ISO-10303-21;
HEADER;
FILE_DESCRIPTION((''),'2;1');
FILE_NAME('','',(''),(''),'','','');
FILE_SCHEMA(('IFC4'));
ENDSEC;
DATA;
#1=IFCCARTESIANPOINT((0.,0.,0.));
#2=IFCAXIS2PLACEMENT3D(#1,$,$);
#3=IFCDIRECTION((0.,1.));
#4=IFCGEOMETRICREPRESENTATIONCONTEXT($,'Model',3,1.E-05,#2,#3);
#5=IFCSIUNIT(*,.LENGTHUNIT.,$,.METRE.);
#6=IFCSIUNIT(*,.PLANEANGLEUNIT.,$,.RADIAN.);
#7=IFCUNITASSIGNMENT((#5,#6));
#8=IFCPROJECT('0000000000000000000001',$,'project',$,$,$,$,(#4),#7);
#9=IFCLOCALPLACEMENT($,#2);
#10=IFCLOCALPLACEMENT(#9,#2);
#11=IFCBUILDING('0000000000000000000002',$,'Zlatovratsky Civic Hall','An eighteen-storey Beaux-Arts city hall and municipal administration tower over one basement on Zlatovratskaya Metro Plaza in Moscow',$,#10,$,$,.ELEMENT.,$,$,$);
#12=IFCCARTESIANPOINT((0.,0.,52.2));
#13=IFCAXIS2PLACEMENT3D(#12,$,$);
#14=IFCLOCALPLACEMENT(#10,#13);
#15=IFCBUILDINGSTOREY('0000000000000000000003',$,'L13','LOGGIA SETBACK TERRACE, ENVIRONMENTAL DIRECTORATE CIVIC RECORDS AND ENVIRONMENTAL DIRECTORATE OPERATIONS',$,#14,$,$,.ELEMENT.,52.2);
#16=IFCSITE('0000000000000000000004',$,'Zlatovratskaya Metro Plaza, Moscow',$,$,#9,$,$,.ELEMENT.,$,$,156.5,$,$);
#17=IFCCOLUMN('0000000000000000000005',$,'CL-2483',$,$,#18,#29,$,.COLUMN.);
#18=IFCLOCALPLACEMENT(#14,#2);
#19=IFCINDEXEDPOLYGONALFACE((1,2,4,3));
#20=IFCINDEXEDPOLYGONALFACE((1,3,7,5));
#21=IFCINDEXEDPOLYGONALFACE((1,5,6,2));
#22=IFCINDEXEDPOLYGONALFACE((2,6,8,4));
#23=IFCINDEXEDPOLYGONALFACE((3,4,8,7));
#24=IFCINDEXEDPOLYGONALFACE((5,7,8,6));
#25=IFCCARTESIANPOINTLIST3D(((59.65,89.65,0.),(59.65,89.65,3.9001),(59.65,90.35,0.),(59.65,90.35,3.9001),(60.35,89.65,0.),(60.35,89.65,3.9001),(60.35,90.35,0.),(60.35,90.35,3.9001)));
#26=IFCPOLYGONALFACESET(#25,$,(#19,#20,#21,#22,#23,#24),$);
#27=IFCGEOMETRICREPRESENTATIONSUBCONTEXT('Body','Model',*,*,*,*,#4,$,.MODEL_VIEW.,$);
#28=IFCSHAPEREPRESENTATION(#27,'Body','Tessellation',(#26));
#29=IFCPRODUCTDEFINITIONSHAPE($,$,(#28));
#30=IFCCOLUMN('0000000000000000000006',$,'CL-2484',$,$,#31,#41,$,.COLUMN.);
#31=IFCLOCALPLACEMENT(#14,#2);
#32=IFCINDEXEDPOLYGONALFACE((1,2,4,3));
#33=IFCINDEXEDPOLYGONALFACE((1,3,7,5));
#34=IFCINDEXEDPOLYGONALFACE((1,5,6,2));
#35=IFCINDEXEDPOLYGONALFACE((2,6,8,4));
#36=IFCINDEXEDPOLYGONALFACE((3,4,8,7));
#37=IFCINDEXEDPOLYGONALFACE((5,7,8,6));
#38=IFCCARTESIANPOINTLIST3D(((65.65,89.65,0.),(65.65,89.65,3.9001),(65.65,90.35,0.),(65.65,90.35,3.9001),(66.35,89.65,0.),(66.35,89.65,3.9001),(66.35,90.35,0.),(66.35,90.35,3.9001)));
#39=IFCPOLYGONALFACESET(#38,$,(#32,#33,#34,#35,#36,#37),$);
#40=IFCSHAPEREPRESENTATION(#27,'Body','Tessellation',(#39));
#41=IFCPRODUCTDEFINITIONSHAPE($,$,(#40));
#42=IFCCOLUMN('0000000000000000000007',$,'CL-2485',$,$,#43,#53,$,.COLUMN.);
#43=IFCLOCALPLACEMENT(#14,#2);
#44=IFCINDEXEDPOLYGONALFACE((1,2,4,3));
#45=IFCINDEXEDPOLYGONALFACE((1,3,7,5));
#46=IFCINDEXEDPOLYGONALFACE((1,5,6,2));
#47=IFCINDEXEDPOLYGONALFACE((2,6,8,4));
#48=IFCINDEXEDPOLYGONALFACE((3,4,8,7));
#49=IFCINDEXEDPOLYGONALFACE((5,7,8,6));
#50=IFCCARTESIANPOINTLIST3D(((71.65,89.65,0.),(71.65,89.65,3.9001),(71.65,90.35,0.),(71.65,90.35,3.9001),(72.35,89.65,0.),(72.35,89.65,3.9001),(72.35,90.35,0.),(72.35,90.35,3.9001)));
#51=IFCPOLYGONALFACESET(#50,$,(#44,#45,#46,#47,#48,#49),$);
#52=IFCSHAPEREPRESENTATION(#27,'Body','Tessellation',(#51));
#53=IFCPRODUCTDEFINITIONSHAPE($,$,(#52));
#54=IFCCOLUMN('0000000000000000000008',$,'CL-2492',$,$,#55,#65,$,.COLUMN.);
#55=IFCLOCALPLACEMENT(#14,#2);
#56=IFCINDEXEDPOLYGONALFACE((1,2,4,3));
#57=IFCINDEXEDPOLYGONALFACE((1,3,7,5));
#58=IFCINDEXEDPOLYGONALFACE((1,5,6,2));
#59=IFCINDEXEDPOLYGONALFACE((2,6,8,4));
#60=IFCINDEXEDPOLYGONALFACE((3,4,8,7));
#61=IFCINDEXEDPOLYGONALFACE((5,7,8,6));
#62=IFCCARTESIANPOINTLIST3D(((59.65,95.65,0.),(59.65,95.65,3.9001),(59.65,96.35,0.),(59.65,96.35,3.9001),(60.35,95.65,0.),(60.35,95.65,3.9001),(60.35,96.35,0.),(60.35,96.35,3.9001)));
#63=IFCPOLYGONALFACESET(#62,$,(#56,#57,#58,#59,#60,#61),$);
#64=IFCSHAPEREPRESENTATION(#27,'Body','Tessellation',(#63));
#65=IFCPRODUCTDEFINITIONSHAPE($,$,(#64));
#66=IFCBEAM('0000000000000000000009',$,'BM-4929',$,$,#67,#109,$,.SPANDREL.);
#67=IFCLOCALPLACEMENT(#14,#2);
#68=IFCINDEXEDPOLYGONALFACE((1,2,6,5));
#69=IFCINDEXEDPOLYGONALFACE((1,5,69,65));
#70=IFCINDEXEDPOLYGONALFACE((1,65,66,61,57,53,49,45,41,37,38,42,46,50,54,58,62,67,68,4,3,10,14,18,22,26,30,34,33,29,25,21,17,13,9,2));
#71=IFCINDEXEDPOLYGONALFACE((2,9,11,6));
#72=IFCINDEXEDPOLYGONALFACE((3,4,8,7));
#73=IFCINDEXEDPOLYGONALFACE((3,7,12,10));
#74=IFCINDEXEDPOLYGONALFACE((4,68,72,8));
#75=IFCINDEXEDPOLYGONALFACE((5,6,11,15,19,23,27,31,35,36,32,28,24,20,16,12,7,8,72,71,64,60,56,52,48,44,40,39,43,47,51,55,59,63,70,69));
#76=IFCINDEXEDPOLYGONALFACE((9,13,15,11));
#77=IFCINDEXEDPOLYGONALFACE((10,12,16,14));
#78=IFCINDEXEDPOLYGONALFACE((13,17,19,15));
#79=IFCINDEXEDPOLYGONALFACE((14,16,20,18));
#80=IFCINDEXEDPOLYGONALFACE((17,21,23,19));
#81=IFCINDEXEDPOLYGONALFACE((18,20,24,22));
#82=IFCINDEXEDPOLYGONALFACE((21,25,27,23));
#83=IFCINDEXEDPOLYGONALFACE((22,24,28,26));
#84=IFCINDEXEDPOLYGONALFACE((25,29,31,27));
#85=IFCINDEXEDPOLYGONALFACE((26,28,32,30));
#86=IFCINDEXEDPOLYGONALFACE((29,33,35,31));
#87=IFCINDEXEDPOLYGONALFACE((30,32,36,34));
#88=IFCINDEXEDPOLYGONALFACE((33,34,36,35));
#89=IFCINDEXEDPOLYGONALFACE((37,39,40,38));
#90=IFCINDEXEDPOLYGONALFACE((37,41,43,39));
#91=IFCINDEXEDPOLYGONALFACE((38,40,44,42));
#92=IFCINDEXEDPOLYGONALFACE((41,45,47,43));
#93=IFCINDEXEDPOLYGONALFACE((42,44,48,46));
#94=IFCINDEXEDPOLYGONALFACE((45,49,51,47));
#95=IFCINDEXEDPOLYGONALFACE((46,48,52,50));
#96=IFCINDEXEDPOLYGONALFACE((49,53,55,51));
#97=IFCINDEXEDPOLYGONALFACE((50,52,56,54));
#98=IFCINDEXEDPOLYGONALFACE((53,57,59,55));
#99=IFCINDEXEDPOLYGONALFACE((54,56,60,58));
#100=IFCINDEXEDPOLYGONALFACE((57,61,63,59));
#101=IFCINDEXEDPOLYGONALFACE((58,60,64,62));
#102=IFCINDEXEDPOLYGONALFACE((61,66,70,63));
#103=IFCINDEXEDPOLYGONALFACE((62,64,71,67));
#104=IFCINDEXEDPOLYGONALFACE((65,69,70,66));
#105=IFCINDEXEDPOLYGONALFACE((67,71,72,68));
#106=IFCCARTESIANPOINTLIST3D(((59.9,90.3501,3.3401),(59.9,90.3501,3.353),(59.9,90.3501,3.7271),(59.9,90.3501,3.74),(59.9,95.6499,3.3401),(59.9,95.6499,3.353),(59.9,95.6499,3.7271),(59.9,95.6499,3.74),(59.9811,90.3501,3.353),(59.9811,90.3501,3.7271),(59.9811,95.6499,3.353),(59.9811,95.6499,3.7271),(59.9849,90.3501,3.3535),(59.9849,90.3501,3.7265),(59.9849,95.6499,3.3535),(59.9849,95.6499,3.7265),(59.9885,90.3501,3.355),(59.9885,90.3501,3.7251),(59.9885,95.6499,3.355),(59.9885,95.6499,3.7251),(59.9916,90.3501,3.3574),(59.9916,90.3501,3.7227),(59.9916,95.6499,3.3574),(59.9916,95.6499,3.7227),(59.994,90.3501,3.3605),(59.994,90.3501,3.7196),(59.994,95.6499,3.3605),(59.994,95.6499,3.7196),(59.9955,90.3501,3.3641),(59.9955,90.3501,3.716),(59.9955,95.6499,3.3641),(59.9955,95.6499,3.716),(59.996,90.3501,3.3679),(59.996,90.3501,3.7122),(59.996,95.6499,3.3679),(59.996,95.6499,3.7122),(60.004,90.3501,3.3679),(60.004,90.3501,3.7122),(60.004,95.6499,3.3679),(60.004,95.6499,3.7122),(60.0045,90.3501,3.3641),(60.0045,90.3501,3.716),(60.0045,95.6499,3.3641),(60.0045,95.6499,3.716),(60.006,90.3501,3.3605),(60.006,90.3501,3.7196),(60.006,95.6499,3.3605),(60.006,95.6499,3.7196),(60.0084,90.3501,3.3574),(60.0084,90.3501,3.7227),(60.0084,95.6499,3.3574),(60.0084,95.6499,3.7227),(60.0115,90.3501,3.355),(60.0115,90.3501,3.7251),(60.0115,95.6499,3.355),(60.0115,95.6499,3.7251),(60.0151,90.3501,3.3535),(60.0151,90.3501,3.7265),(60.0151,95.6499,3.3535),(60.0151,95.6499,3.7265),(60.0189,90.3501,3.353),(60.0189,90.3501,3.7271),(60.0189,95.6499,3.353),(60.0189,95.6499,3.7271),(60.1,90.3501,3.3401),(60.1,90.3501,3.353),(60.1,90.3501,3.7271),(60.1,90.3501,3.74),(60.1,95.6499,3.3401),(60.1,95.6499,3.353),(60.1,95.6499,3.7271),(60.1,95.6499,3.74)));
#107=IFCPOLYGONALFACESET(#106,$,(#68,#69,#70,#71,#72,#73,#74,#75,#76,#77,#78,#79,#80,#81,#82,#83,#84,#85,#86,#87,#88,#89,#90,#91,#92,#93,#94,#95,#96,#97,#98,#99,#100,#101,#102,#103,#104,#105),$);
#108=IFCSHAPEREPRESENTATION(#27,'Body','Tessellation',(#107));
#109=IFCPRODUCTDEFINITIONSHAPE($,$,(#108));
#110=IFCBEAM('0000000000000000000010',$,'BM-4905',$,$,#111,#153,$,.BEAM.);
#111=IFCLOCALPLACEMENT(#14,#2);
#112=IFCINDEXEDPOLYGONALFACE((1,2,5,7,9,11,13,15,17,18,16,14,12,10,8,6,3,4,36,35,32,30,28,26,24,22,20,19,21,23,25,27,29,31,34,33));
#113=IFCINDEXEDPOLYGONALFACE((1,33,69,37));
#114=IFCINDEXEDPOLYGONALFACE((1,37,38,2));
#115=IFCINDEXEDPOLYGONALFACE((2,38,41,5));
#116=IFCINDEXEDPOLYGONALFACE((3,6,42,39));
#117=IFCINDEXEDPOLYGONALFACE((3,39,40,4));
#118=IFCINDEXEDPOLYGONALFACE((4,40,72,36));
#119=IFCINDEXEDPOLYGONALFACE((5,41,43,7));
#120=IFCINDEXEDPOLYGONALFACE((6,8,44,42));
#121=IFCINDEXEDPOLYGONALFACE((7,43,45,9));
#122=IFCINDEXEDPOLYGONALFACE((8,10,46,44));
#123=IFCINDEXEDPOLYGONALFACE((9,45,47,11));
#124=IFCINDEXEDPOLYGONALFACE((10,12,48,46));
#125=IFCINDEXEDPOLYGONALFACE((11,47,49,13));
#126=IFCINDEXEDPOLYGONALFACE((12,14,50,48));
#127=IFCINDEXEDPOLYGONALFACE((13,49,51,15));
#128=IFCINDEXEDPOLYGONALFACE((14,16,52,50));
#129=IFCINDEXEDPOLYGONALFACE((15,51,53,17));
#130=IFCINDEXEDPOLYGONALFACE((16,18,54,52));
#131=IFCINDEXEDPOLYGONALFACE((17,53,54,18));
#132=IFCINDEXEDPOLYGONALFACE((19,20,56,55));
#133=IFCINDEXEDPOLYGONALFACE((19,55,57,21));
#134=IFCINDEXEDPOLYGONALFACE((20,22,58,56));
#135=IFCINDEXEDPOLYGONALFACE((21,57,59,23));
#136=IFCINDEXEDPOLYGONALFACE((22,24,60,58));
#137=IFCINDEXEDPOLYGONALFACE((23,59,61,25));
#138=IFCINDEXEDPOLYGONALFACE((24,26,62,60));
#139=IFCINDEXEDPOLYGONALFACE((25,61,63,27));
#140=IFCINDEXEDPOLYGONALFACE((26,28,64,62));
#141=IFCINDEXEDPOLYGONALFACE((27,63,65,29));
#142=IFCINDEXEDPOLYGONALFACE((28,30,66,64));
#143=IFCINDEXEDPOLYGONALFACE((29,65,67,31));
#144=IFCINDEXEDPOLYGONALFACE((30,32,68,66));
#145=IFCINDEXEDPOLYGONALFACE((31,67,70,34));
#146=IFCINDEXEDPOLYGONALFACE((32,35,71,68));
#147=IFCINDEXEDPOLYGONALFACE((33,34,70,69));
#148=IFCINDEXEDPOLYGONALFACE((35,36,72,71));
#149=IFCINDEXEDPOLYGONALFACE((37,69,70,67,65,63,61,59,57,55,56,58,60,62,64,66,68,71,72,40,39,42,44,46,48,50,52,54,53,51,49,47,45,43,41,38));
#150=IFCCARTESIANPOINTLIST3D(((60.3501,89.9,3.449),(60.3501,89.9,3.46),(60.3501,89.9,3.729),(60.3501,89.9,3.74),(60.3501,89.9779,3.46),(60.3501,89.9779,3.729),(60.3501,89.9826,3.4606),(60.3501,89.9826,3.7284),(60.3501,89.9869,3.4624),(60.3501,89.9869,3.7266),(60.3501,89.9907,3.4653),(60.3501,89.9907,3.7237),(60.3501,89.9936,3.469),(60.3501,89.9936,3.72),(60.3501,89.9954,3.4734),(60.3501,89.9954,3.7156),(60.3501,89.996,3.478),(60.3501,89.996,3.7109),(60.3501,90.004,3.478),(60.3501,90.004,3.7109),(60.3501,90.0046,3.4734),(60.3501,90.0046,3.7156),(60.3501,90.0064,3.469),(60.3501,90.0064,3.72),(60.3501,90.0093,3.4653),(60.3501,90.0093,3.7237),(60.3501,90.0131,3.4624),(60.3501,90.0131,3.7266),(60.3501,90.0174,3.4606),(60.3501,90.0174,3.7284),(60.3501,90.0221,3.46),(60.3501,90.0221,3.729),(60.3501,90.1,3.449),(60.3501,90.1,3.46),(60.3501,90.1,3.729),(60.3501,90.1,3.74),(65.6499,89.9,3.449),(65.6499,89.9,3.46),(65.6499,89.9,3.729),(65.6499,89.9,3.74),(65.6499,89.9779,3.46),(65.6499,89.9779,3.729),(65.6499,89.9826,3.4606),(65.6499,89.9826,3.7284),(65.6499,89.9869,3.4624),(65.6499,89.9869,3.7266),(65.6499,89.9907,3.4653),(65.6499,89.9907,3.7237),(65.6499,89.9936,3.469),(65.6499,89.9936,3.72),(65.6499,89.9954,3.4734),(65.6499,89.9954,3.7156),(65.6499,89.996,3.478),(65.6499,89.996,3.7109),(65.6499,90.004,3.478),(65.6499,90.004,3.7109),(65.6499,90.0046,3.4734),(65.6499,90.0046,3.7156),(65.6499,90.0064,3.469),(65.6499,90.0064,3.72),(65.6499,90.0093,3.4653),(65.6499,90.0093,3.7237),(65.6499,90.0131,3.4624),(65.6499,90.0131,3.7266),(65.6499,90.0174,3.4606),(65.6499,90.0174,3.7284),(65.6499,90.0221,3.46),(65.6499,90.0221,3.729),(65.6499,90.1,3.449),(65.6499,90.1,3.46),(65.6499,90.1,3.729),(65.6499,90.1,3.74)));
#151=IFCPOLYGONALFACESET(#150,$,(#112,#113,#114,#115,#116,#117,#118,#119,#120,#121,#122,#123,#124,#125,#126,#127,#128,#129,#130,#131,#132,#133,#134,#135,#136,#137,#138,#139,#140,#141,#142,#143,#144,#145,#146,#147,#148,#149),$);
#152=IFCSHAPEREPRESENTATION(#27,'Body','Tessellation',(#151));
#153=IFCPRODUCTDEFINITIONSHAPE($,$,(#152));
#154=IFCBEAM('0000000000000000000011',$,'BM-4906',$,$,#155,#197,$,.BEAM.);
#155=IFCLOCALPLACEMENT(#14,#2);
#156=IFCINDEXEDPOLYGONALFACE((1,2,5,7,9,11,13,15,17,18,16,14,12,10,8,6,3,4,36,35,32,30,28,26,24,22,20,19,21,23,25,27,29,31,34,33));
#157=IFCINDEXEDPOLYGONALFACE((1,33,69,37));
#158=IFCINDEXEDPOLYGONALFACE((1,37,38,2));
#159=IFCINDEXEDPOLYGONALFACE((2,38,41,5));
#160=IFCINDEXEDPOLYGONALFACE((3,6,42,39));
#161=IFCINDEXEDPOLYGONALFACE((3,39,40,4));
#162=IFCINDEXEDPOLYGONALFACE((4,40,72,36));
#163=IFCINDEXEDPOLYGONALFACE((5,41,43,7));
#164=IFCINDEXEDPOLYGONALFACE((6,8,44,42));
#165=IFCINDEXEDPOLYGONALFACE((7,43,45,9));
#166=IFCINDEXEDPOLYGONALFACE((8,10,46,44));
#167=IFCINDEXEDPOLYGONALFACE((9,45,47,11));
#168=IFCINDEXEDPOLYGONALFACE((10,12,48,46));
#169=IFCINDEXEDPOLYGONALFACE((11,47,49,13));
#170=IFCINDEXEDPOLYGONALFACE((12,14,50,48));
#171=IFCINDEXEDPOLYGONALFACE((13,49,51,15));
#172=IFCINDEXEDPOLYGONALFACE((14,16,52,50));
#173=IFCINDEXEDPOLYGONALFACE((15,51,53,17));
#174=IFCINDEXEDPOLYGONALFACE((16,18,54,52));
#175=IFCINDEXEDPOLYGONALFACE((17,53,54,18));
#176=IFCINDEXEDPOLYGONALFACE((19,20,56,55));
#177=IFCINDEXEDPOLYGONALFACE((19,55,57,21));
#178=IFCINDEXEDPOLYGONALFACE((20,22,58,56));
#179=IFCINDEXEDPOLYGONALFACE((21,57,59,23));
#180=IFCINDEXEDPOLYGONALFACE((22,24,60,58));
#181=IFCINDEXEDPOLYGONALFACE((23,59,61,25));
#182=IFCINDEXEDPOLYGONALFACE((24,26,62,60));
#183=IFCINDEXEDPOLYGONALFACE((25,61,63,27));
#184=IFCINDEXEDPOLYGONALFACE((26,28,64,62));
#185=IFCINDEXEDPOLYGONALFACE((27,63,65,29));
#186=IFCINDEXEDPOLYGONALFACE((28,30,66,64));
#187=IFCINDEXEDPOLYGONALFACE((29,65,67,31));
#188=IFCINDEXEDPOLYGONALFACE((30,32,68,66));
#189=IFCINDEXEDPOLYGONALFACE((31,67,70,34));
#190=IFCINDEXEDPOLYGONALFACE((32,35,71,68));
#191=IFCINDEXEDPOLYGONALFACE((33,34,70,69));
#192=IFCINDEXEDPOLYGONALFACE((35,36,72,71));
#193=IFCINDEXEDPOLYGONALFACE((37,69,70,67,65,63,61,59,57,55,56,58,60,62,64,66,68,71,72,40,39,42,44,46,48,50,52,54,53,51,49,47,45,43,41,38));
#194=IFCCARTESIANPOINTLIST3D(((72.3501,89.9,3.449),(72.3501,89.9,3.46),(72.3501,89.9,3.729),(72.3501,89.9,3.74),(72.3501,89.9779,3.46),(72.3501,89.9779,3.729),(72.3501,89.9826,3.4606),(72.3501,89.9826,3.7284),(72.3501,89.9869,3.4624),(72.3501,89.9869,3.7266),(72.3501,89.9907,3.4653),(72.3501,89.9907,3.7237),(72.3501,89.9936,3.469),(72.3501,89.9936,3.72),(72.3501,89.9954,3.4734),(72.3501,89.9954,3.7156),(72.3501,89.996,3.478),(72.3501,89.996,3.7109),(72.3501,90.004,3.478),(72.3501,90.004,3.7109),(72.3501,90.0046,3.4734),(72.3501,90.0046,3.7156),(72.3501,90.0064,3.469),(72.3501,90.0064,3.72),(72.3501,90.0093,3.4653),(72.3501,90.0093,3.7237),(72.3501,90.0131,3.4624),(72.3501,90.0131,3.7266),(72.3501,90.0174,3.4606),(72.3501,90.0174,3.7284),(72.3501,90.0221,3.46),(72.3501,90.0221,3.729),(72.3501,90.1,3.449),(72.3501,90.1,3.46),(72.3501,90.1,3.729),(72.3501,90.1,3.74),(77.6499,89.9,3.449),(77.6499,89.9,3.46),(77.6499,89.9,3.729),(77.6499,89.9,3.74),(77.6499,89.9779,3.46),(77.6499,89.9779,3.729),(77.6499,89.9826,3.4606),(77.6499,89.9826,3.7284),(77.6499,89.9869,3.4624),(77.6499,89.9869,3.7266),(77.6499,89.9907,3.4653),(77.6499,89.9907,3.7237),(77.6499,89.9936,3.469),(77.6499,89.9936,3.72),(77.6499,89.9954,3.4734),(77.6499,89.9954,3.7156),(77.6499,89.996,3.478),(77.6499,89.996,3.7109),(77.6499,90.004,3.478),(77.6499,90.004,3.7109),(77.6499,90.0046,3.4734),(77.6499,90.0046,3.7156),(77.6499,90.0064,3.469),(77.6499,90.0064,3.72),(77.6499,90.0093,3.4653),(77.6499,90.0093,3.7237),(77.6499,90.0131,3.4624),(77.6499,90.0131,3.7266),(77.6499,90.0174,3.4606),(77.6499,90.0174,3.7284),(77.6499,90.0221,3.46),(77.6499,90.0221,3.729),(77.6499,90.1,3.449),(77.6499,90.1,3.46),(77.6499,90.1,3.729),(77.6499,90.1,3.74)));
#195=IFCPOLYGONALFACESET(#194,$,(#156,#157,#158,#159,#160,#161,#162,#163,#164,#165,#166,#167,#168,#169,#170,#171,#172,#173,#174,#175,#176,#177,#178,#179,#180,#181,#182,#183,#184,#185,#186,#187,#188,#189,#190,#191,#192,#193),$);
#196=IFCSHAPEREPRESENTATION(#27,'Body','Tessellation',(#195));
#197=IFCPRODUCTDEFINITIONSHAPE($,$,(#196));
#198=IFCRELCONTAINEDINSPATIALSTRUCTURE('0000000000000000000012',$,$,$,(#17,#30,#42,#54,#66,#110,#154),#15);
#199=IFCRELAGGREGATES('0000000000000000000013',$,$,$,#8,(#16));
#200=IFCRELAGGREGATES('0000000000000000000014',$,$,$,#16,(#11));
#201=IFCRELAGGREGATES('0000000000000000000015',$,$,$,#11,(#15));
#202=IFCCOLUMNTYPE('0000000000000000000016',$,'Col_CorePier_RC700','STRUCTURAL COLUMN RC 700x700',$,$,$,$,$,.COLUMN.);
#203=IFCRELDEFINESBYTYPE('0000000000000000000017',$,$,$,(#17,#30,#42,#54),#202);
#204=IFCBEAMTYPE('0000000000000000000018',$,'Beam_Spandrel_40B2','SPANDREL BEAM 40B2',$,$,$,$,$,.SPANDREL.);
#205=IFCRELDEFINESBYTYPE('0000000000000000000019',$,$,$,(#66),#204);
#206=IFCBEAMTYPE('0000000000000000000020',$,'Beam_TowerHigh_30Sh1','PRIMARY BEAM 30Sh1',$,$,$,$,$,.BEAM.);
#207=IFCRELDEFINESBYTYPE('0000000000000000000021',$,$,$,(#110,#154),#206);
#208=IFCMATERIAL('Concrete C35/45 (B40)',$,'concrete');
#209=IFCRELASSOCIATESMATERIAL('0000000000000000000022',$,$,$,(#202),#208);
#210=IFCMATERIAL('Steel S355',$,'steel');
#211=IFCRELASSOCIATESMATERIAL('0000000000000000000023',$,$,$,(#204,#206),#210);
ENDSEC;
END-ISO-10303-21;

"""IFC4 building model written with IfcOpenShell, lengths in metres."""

from ifc_helpers import new_model, si_unit, direction, frame, origin, origin_2d, place, context, subcontext, project, spatial, rectangle, i_section, extrude, material, material_profile, profile_set, type_object, element, save


model = new_model("IFC4")

# Units and contexts
model_context = context("Model", 3, precision=1e-05, world=origin(), true_north=direction((0.0, 1.0)))
body_context = subcontext(model_context, "Body", "Model", "MODEL_VIEW")
ifc_project = project(units=[si_unit("LENGTHUNIT", "METRE"), si_unit("PLANEANGLEUNIT", "RADIAN")], contexts=[model_context])

# Site, building, storey
site_placement = place(None, origin())
site = spatial("IfcSite", under=ifc_project, at=site_placement, Name="Zlatovratskaya Metro Plaza, Moscow", CompositionType="ELEMENT", RefElevation=156.5)
building_placement = place(site_placement, origin())
building = spatial("IfcBuilding", under=site, at=building_placement, Name="Zlatovratsky Civic Hall", Description="An eighteen-storey Beaux-Arts city hall and municipal administration tower over one basement on Zlatovratskaya Metro Plaza in Moscow", CompositionType="ELEMENT")
storey_placement = place(building_placement, frame((0.0, 0.0, 52.2)))
storey = spatial("IfcBuildingStorey", under=building, at=storey_placement, Name="L13", Description="LOGGIA SETBACK TERRACE, ENVIRONMENTAL DIRECTORATE CIVIC RECORDS AND ENVIRONMENTAL DIRECTORATE OPERATIONS", CompositionType="ELEMENT", Elevation=52.2)

# Columns
ifc_material_1 = material(Name="Concrete C35/45 (B40)", Category="concrete")
ifc_material_profile_1 = material_profile(ifc_material_1, rectangle(XDim=0.7, YDim=0.7, at=origin_2d()), Name="RC 700x700")
ifc_profile_set_1 = profile_set([ifc_material_profile_1], Name="Concrete C35/45 (B40)")
column_type = type_object("IfcColumnType", Name="Col_CorePier_RC700", Description="STRUCTURAL COLUMN RC 700x700", PredefinedType="COLUMN", material=ifc_profile_set_1)
for number, where, z_axis, x_axis, name in (
    (1, (60.0, 90.0, 0.0), (0.0, 0.0, 1.0), (1.0, 0.0, 0.0), "CL-2483"),
    (2, (66.0, 90.0, 0.0), (0.0, 0.0, 1.0), (1.0, 0.0, 0.0), "CL-2484"),
    (3, (72.0, 90.0, 0.0), (0.0, 0.0, 1.0), (1.0, 0.0, 0.0), "CL-2485"),
    (4, (60.0, 96.0, 0.0), (0.0, 0.0, 1.0), (1.0, 0.0, 0.0), "CL-2492"),
):
    element("IfcColumn", number, at=place(storey_placement, frame(where, z_axis=z_axis, x_axis=x_axis)), inside=storey, type_object=column_type, Name=name, PredefinedType="COLUMN", context=body_context, shape_type="SweptSolid", body=[
        extrude(rectangle(XDim=0.7, YDim=0.7, at=origin_2d()), origin(), (0.0, 0.0, 1.0), 3.9001),
    ])

# Beams
ifc_material_2 = material(Name="Steel S355", Category="steel")
ifc_material_profile_2 = material_profile(ifc_material_2, i_section(OverallWidth=0.2, OverallDepth=0.3999, WebThickness=0.0081, FlangeThickness=0.0129, FilletRadius=0.0149, at=origin_2d()), Name="40B2")
ifc_profile_set_2 = profile_set([ifc_material_profile_2], Name="Steel S355")
beam_type_1 = type_object("IfcBeamType", Name="Beam_Spandrel_40B2", Description="SPANDREL BEAM 40B2", PredefinedType="SPANDREL", material=ifc_profile_set_2)
beam_placement = place(storey_placement, frame((60.0, 90.3501, 3.54), z_axis=(0.0, 1.0, 0.0), x_axis=(-1.0, 0.0, 0.0)))
element("IfcBeam", 5, at=beam_placement, inside=storey, type_object=beam_type_1, Name="BM-4929", PredefinedType="SPANDREL", context=body_context, shape_type="SweptSolid", body=[
    extrude(i_section(OverallWidth=0.2, OverallDepth=0.3999, WebThickness=0.0081, FlangeThickness=0.0129, FilletRadius=0.0149, at=origin_2d()), origin(), (0.0, 0.0, 1.0), 5.2998),
])
ifc_material_profile_3 = material_profile(ifc_material_2, i_section(OverallWidth=0.2, OverallDepth=0.291, WebThickness=0.0081, FlangeThickness=0.011, FilletRadius=0.0181, at=origin_2d()), Name="30Sh1")
ifc_profile_set_3 = profile_set([ifc_material_profile_3], Name="Steel S355")
beam_type_2 = type_object("IfcBeamType", Name="Beam_TowerHigh_30Sh1", Description="PRIMARY BEAM 30Sh1", PredefinedType="BEAM", material=ifc_profile_set_3)
for number, where, z_axis, x_axis, name in (
    (6, (60.3501, 90.0, 3.5945), (1.0, 0.0, 0.0), (0.0, 1.0, 0.0), "BM-4905"),
    (7, (72.3501, 90.0, 3.5945), (1.0, 0.0, 0.0), (0.0, 1.0, 0.0), "BM-4906"),
):
    element("IfcBeam", number, at=place(storey_placement, frame(where, z_axis=z_axis, x_axis=x_axis)), inside=storey, type_object=beam_type_2, Name=name, PredefinedType="BEAM", context=body_context, shape_type="SweptSolid", body=[
        extrude(i_section(OverallWidth=0.2, OverallDepth=0.291, WebThickness=0.0081, FlangeThickness=0.011, FilletRadius=0.0181, at=origin_2d()), origin(), (0.0, 0.0, 1.0), 5.2998),
    ])

save(model, "model.ifc")
